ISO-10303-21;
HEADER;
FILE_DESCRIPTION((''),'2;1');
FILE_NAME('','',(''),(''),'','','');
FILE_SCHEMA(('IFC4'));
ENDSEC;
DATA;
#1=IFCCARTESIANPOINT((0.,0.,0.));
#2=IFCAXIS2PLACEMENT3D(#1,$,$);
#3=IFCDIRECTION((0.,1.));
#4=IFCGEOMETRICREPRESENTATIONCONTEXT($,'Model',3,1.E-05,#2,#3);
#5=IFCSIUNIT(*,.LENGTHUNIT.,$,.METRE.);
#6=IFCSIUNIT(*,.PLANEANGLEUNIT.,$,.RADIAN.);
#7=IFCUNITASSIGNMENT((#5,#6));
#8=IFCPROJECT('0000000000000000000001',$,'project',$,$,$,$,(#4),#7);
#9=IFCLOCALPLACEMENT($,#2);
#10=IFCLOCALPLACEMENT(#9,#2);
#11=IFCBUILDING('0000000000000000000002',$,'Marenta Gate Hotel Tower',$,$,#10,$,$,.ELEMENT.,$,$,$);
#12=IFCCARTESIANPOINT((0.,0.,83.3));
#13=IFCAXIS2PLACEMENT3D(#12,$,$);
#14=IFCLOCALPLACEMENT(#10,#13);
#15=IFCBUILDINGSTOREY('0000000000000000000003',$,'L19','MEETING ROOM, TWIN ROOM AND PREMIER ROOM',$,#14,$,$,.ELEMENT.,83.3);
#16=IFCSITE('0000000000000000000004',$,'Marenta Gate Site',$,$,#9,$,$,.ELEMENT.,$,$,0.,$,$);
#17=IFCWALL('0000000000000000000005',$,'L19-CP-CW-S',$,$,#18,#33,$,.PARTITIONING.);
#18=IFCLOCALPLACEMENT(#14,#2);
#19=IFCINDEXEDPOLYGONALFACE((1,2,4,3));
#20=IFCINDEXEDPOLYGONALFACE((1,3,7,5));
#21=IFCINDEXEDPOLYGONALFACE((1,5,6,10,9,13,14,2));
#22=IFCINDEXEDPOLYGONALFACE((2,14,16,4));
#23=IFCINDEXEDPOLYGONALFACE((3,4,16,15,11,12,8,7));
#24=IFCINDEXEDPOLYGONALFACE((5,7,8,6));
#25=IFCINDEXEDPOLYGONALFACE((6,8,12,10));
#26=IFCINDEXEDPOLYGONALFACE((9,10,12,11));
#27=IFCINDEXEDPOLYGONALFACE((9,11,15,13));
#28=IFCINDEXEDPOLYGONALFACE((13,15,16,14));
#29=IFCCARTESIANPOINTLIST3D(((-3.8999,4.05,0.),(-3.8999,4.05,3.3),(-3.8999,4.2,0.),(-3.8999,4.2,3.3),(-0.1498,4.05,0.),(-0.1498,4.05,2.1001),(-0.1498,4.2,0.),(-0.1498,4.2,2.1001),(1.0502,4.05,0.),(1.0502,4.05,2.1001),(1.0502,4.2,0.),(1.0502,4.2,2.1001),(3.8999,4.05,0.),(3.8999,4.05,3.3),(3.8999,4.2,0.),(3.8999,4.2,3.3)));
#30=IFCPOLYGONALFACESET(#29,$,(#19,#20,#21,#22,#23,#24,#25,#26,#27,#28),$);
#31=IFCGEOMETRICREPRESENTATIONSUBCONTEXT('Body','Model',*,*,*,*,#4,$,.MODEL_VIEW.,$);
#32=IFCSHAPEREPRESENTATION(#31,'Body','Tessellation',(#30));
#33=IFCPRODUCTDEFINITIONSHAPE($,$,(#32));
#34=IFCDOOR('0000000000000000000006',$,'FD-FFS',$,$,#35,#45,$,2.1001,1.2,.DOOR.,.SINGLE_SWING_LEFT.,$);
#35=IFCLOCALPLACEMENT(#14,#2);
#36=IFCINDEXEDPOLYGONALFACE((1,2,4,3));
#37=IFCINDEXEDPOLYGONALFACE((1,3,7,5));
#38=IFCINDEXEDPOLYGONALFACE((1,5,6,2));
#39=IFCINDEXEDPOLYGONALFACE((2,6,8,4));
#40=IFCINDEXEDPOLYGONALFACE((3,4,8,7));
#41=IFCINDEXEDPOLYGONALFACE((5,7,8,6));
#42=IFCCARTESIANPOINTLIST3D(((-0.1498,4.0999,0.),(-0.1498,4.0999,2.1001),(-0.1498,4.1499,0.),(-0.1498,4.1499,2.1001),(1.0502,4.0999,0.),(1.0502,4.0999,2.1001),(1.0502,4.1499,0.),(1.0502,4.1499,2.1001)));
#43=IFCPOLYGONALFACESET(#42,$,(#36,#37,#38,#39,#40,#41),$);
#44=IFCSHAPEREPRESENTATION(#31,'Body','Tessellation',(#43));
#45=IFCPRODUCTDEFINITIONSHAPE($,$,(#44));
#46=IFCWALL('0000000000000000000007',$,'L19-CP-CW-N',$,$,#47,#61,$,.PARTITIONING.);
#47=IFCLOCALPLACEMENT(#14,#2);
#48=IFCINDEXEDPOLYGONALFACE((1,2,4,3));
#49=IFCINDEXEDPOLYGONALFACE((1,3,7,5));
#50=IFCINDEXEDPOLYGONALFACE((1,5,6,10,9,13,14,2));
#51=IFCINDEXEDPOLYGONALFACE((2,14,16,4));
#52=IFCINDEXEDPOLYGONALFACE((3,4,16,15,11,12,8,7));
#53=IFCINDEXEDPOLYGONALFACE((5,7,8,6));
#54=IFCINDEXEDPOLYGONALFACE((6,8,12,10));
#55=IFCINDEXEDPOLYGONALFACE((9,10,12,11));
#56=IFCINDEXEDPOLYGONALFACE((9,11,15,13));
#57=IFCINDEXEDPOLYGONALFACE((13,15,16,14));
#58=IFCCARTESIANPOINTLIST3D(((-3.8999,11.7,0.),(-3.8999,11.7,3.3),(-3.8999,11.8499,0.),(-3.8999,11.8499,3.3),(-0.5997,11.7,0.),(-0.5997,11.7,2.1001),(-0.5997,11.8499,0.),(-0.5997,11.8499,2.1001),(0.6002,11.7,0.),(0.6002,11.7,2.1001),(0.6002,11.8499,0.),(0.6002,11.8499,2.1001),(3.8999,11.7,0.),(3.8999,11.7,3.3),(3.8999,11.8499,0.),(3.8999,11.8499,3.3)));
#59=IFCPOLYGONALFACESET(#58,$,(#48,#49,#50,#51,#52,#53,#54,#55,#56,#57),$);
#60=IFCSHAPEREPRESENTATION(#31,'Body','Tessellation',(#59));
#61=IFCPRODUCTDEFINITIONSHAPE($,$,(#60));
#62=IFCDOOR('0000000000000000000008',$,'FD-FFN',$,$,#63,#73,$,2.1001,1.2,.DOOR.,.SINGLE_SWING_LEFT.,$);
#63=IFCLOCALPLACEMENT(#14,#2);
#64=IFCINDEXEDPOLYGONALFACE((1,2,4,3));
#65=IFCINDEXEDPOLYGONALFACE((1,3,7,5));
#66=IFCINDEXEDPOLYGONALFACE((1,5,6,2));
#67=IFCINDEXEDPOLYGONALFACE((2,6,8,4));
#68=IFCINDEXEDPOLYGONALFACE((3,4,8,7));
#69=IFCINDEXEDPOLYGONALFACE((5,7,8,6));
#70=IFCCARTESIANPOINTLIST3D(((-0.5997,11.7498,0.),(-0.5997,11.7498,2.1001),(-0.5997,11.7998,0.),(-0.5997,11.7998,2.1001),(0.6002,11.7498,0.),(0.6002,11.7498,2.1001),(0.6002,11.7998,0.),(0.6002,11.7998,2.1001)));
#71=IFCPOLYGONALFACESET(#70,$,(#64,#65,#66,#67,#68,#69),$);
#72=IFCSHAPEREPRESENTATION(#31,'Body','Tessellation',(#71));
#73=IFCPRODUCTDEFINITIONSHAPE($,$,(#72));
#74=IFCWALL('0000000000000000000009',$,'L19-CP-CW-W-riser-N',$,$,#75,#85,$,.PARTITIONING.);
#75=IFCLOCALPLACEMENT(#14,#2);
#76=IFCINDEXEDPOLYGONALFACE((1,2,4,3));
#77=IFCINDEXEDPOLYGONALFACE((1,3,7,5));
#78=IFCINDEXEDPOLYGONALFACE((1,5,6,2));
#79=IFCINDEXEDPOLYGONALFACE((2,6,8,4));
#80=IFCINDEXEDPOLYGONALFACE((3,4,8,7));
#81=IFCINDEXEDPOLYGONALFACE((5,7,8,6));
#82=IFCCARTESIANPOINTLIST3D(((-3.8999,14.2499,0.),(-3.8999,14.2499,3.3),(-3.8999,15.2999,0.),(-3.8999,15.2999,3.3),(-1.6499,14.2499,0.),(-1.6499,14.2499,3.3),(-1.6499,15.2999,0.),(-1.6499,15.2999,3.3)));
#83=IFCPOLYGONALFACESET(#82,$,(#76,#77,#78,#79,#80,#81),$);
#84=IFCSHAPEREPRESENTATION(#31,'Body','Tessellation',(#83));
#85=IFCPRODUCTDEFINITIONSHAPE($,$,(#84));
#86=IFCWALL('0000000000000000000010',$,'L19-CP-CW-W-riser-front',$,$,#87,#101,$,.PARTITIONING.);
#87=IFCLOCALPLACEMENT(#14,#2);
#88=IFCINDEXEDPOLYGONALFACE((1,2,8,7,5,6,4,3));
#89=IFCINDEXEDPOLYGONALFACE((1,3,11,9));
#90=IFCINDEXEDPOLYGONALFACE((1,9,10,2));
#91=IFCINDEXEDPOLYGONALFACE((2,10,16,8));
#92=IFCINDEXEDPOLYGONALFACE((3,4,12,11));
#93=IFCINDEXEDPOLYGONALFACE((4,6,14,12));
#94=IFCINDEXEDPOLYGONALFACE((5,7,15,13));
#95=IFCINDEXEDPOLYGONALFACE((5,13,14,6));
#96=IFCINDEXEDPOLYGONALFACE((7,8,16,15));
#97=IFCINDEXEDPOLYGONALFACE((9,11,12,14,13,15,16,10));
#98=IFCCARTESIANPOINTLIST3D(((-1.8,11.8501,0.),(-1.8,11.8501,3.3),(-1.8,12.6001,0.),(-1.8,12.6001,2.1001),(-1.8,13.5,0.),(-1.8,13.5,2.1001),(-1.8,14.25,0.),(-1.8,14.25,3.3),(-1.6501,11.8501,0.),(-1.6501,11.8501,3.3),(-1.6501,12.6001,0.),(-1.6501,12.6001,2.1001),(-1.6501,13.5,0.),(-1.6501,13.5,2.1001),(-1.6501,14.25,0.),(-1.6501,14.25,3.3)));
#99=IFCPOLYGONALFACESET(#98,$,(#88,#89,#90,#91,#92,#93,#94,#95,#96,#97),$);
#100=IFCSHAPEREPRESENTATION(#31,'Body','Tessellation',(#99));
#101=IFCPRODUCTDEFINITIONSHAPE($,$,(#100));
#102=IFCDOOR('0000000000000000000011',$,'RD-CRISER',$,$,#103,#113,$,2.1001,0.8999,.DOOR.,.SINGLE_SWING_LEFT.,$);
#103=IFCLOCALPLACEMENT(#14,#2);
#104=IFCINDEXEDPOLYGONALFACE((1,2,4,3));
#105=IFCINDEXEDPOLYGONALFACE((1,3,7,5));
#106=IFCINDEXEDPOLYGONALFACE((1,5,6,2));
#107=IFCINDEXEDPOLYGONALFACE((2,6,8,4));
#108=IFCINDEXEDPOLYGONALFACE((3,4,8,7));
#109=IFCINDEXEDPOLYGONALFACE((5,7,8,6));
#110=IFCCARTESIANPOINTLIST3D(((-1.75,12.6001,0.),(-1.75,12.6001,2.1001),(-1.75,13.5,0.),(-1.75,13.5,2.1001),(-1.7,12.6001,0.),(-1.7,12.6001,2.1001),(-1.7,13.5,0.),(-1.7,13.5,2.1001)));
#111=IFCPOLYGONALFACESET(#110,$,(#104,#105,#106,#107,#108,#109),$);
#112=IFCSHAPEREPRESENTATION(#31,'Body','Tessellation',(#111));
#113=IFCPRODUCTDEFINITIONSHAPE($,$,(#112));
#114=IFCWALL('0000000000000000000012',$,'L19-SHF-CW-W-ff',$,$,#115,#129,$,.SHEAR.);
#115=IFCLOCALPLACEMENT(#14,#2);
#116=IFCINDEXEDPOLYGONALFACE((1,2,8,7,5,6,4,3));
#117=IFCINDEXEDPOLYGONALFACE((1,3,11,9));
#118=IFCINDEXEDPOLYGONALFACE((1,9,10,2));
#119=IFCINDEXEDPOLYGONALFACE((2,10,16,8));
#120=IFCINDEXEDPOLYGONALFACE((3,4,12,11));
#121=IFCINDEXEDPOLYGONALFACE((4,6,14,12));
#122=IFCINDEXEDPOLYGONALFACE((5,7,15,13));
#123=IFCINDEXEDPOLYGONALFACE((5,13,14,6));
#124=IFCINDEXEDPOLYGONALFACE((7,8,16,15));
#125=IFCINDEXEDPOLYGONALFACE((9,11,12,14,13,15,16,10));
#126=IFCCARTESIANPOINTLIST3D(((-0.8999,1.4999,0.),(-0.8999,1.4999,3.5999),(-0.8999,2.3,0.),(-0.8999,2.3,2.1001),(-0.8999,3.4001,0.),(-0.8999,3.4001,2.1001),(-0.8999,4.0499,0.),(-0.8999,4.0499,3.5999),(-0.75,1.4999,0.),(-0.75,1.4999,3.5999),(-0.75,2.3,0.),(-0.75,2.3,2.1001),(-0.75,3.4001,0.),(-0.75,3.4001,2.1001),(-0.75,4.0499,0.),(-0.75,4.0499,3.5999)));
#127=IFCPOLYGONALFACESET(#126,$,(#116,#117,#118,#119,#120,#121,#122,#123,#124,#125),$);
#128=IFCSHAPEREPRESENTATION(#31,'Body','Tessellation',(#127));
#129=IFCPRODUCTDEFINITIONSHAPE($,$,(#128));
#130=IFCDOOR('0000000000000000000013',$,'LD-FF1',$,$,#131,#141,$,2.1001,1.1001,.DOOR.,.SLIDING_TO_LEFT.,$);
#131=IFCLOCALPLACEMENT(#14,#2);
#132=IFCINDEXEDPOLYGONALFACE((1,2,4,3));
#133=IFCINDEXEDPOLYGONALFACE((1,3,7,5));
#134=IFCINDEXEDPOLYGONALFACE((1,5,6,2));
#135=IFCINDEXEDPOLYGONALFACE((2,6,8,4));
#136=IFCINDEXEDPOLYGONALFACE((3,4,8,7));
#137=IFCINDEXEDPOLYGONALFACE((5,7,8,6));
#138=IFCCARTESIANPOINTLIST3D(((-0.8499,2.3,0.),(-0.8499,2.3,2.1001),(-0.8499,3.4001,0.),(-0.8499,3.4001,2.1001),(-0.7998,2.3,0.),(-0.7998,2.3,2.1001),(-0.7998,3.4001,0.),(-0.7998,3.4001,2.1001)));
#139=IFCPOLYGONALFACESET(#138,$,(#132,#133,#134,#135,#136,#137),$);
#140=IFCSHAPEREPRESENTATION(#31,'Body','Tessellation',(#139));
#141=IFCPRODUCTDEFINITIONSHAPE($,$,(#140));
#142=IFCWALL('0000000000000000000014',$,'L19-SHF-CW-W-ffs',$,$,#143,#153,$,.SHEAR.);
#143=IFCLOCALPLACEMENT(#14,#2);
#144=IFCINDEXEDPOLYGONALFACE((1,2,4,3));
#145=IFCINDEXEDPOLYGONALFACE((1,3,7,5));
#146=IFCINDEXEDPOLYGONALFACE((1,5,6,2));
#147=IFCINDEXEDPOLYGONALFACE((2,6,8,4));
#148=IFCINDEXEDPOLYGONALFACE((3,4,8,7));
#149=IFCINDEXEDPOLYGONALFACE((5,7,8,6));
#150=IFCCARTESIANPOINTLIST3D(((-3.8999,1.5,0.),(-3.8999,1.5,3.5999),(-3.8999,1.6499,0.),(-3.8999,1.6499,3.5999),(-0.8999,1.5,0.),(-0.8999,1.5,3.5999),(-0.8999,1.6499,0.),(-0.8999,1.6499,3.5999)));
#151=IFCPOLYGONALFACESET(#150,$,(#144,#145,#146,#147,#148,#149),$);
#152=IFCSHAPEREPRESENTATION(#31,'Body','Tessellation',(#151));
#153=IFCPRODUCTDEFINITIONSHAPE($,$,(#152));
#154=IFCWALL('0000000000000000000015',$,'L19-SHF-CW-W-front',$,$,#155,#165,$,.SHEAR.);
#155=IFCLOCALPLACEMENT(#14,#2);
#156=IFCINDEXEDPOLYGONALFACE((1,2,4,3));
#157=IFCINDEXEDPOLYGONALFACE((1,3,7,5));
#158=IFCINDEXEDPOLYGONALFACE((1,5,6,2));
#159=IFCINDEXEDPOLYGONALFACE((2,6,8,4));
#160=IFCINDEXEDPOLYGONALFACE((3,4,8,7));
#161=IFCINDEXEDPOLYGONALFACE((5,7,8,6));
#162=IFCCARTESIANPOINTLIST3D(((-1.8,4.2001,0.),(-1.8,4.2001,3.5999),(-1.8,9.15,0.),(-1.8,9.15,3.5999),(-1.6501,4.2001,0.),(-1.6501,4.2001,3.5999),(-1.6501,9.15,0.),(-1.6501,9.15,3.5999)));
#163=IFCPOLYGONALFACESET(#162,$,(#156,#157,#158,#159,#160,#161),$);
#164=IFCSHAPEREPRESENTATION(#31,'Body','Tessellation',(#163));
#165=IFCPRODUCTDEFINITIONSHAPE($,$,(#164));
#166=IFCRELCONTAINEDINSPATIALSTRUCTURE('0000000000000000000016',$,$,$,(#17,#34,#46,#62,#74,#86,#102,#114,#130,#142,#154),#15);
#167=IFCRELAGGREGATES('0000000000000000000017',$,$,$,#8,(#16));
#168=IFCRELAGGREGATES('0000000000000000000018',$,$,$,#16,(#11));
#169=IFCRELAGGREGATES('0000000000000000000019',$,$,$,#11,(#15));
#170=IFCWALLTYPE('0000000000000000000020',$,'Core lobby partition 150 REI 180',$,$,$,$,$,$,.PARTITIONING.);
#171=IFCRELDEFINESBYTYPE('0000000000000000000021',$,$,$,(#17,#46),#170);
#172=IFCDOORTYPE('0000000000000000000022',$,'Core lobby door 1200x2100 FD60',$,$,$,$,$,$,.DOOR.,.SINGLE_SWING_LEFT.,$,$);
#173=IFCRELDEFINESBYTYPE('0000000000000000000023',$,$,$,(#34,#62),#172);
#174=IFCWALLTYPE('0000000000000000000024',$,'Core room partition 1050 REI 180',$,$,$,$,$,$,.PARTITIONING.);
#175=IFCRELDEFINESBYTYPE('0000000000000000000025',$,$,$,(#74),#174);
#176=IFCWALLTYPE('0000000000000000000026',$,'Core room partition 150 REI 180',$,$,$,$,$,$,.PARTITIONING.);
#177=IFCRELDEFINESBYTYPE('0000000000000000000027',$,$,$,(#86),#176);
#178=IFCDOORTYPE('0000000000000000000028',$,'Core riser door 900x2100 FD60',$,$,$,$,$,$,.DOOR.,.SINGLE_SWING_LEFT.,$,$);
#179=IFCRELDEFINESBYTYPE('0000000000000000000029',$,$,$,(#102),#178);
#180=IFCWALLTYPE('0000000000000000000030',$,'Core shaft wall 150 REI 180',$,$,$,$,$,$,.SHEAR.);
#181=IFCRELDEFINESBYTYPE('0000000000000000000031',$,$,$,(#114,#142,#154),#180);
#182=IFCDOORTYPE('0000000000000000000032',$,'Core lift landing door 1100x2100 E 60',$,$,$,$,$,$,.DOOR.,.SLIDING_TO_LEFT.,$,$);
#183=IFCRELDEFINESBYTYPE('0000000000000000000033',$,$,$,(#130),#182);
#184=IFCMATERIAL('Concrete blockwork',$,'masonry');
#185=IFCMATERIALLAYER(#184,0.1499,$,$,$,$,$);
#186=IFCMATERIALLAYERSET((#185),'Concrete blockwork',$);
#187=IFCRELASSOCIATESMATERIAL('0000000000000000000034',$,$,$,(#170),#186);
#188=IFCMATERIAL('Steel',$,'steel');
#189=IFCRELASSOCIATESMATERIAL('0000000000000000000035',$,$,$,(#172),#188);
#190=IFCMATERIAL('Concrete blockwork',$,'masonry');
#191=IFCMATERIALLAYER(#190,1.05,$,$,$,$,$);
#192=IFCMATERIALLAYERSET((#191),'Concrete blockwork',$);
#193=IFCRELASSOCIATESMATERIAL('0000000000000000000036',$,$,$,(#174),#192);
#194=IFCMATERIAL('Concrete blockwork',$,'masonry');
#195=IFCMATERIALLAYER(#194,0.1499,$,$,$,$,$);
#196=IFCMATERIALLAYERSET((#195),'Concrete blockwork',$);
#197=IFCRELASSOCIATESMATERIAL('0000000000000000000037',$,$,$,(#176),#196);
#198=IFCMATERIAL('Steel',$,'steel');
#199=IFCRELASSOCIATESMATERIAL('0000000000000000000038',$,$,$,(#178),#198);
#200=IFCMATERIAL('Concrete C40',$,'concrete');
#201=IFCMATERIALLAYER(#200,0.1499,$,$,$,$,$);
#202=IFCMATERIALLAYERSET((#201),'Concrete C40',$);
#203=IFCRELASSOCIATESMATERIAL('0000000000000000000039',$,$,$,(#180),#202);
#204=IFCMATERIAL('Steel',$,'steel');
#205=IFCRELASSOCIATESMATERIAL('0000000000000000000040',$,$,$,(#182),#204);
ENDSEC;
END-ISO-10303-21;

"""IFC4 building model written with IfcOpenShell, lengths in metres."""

from ifc_helpers import new_model, si_unit, direction, frame, frame_2d, origin, place, context, subcontext, project, spatial, rectangle, extrude, material, layer, layer_set, type_object, element, fill, save


model = new_model("IFC4")

# Units and contexts
model_context = context("Model", 3, precision=1e-05, world=origin(), true_north=direction((0.0, 1.0)))
body_context = subcontext(model_context, "Body", "Model", "MODEL_VIEW")
ifc_project = project(units=[si_unit("LENGTHUNIT", "METRE"), si_unit("PLANEANGLEUNIT", "RADIAN")], contexts=[model_context])

# Site, building, storey
site_placement = place(None, origin())
site = spatial("IfcSite", under=ifc_project, at=site_placement, Name="Marenta Gate Site", CompositionType="ELEMENT", RefElevation=0.0)
building_placement = place(site_placement, origin())
building = spatial("IfcBuilding", under=site, at=building_placement, Name="Marenta Gate Hotel Tower", CompositionType="ELEMENT")
storey_placement = place(building_placement, frame((0.0, 0.0, 83.3)))
storey = spatial("IfcBuildingStorey", under=building, at=storey_placement, Name="L19", Description="MEETING ROOM, TWIN ROOM AND PREMIER ROOM", CompositionType="ELEMENT", Elevation=83.3)

# Walls, openings, doors
ifc_material_1 = material(Name="Concrete blockwork", Category="masonry")
ifc_layer_1 = layer(ifc_material_1, 0.1499)
ifc_layer_set_1 = layer_set([ifc_layer_1], Name="Concrete blockwork")
wall_type_1 = type_object("IfcWallType", Name="Core lobby partition 150 REI 180", PredefinedType="PARTITIONING", material=ifc_layer_set_1)
wall_1_placement = place(storey_placement, frame((-3.8999, 4.125, 0.0), z_axis=(0.0, 0.0, 1.0), x_axis=(1.0, 0.0, 0.0)))
wall_1 = element("IfcWall", 1, at=wall_1_placement, inside=storey, type_object=wall_type_1, Name="L19-CP-CW-S", PredefinedType="PARTITIONING", context=body_context, shape_type="SweptSolid", body=[
    extrude(rectangle(XDim=7.7998, YDim=0.1499, at=frame_2d((3.8999, 0.0))), origin(), (0.0, 0.0, 1.0), 3.3),
])
opening_1_placement = place(wall_1_placement, frame((3.75, 0.0, 0.0)))
opening_1 = element("IfcOpeningElement", 2, at=opening_1_placement, cuts=wall_1, PredefinedType="OPENING", context=body_context, shape_type="SweptSolid", body=[
    extrude(rectangle(XDim=1.2, YDim=2.1001, at=frame_2d((0.6001, 1.05))), frame((0.0, 0.075, 0.0), z_axis=(0.0, -1.0, 0.0), x_axis=(1.0, 0.0, 0.0)), (0.0, 0.0, 1.0), 0.1499),
])
ifc_material_2 = material(Name="Steel", Category="steel")
door_type_1 = type_object("IfcDoorType", Name="Core lobby door 1200x2100 FD60", OperationType="SINGLE_SWING_LEFT", PredefinedType="DOOR", material=ifc_material_2)
door_1_placement = place(opening_1_placement, origin())
door_1 = element("IfcDoor", 3, at=door_1_placement, inside=storey, type_object=door_type_1, Name="FD-FFS", OperationType="SINGLE_SWING_LEFT", OverallHeight=2.1001, OverallWidth=1.2, PredefinedType="DOOR", context=body_context, shape_type="SweptSolid", body=[
    extrude(rectangle(XDim=1.2, YDim=2.1001, at=frame_2d((0.6001, 1.05))), frame((0.0, 0.0249, 0.0), z_axis=(0.0, -1.0, 0.0), x_axis=(1.0, 0.0, 0.0)), (0.0, 0.0, 1.0), 0.05),
])
fill(opening_1, door_1)
wall_2_placement = place(storey_placement, frame((-3.8999, 11.7749, 0.0), z_axis=(0.0, 0.0, 1.0), x_axis=(1.0, 0.0, 0.0)))
wall_2 = element("IfcWall", 4, at=wall_2_placement, inside=storey, type_object=wall_type_1, Name="L19-CP-CW-N", PredefinedType="PARTITIONING", context=body_context, shape_type="SweptSolid", body=[
    extrude(rectangle(XDim=7.7998, YDim=0.1499, at=frame_2d((3.8999, 0.0))), origin(), (0.0, 0.0, 1.0), 3.3),
])
opening_2_placement = place(wall_2_placement, frame((3.3, 0.0, 0.0)))
opening_2 = element("IfcOpeningElement", 5, at=opening_2_placement, cuts=wall_2, PredefinedType="OPENING", context=body_context, shape_type="SweptSolid", body=[
    extrude(rectangle(XDim=1.2, YDim=2.1001, at=frame_2d((0.6001, 1.05))), frame((0.0, 0.075, 0.0), z_axis=(0.0, -1.0, 0.0), x_axis=(1.0, 0.0, 0.0)), (0.0, 0.0, 1.0), 0.1499),
])
door_2_placement = place(opening_2_placement, origin())
door_2 = element("IfcDoor", 6, at=door_2_placement, inside=storey, type_object=door_type_1, Name="FD-FFN", OperationType="SINGLE_SWING_LEFT", OverallHeight=2.1001, OverallWidth=1.2, PredefinedType="DOOR", context=body_context, shape_type="SweptSolid", body=[
    extrude(rectangle(XDim=1.2, YDim=2.1001, at=frame_2d((0.6001, 1.05))), frame((0.0, 0.0249, 0.0), z_axis=(0.0, -1.0, 0.0), x_axis=(1.0, 0.0, 0.0)), (0.0, 0.0, 1.0), 0.05),
])
fill(opening_2, door_2)

# Wall
ifc_material_3 = material(Name="Concrete blockwork", Category="masonry")
ifc_layer_2 = layer(ifc_material_3, 1.05)
ifc_layer_set_2 = layer_set([ifc_layer_2], Name="Concrete blockwork")
wall_type_2 = type_object("IfcWallType", Name="Core room partition 1050 REI 180", PredefinedType="PARTITIONING", material=ifc_layer_set_2)
wall_3_placement = place(storey_placement, frame((-3.8999, 14.7749, 0.0), z_axis=(0.0, 0.0, 1.0), x_axis=(1.0, 0.0, 0.0)))
element("IfcWall", 7, at=wall_3_placement, inside=storey, type_object=wall_type_2, Name="L19-CP-CW-W-riser-N", PredefinedType="PARTITIONING", context=body_context, shape_type="SweptSolid", body=[
    extrude(rectangle(XDim=2.25, YDim=1.05, at=frame_2d((1.125, 0.0))), origin(), (0.0, 0.0, 1.0), 3.3),
])

# Walls, openings, doors
ifc_material_4 = material(Name="Concrete blockwork", Category="masonry")
ifc_layer_3 = layer(ifc_material_4, 0.1499)
ifc_layer_set_3 = layer_set([ifc_layer_3], Name="Concrete blockwork")
wall_type_3 = type_object("IfcWallType", Name="Core room partition 150 REI 180", PredefinedType="PARTITIONING", material=ifc_layer_set_3)
wall_4_placement = place(storey_placement, frame((-1.7251, 11.8501, 0.0), z_axis=(0.0, 0.0, 1.0), x_axis=(0.0, 1.0, 0.0)))
wall_4 = element("IfcWall", 8, at=wall_4_placement, inside=storey, type_object=wall_type_3, Name="L19-CP-CW-W-riser-front", PredefinedType="PARTITIONING", context=body_context, shape_type="SweptSolid", body=[
    extrude(rectangle(XDim=2.3999, YDim=0.1499, at=frame_2d((1.2, 0.0))), origin(), (0.0, 0.0, 1.0), 3.3),
])
opening_3_placement = place(wall_4_placement, frame((0.75, 0.0, 0.0)))
opening_3 = element("IfcOpeningElement", 9, at=opening_3_placement, cuts=wall_4, PredefinedType="OPENING", context=body_context, shape_type="SweptSolid", body=[
    extrude(rectangle(XDim=0.8999, YDim=2.1001, at=frame_2d((0.45, 1.05))), frame((0.0, 0.075, 0.0), z_axis=(0.0, -1.0, 0.0), x_axis=(1.0, 0.0, 0.0)), (0.0, 0.0, 1.0), 0.1499),
])
ifc_material_5 = material(Name="Steel", Category="steel")
door_type_2 = type_object("IfcDoorType", Name="Core riser door 900x2100 FD60", OperationType="SINGLE_SWING_LEFT", PredefinedType="DOOR", material=ifc_material_5)
door_3_placement = place(opening_3_placement, origin())
door_3 = element("IfcDoor", 10, at=door_3_placement, inside=storey, type_object=door_type_2, Name="RD-CRISER", OperationType="SINGLE_SWING_LEFT", OverallHeight=2.1001, OverallWidth=0.8999, PredefinedType="DOOR", context=body_context, shape_type="SweptSolid", body=[
    extrude(rectangle(XDim=0.8999, YDim=2.1001, at=frame_2d((0.45, 1.05))), frame((0.0, 0.0249, 0.0), z_axis=(0.0, -1.0, 0.0), x_axis=(1.0, 0.0, 0.0)), (0.0, 0.0, 1.0), 0.05),
])
fill(opening_3, door_3)
ifc_material_6 = material(Name="Concrete C40", Category="concrete")
ifc_layer_4 = layer(ifc_material_6, 0.1499)
ifc_layer_set_4 = layer_set([ifc_layer_4], Name="Concrete C40")
wall_type_4 = type_object("IfcWallType", Name="Core shaft wall 150 REI 180", PredefinedType="SHEAR", material=ifc_layer_set_4)
wall_5_placement = place(storey_placement, frame((-0.825, 1.5, 0.0), z_axis=(0.0, 0.0, 1.0), x_axis=(0.0, 1.0, 0.0)))
wall_5 = element("IfcWall", 11, at=wall_5_placement, inside=storey, type_object=wall_type_4, Name="L19-SHF-CW-W-ff", PredefinedType="SHEAR", context=body_context, shape_type="SweptSolid", body=[
    extrude(rectangle(XDim=2.55, YDim=0.1499, at=frame_2d((1.2749, 0.0))), origin(), (0.0, 0.0, 1.0), 3.5999),
])
opening_4_placement = place(wall_5_placement, frame((0.8, 0.0, 0.0)))
opening_4 = element("IfcOpeningElement", 12, at=opening_4_placement, cuts=wall_5, PredefinedType="OPENING", context=body_context, shape_type="SweptSolid", body=[
    extrude(rectangle(XDim=1.1001, YDim=2.1001, at=frame_2d((0.55, 1.05))), frame((0.0, 0.075, 0.0), z_axis=(0.0, -1.0, 0.0), x_axis=(1.0, 0.0, 0.0)), (0.0, 0.0, 1.0), 0.1499),
])
ifc_material_7 = material(Name="Steel", Category="steel")
door_type_3 = type_object("IfcDoorType", Name="Core lift landing door 1100x2100 E 60", OperationType="SLIDING_TO_LEFT", PredefinedType="DOOR", material=ifc_material_7)
door_4_placement = place(opening_4_placement, origin())
door_4 = element("IfcDoor", 13, at=door_4_placement, inside=storey, type_object=door_type_3, Name="LD-FF1", OperationType="SLIDING_TO_LEFT", OverallHeight=2.1001, OverallWidth=1.1001, PredefinedType="DOOR", context=body_context, shape_type="SweptSolid", body=[
    extrude(rectangle(XDim=1.1001, YDim=2.1001, at=frame_2d((0.55, 1.05))), frame((0.0, 0.0249, 0.0), z_axis=(0.0, -1.0, 0.0), x_axis=(1.0, 0.0, 0.0)), (0.0, 0.0, 1.0), 0.05),
])
fill(opening_4, door_4)

# Walls
wall_6_placement = place(storey_placement, frame((-3.8999, 1.575, 0.0), z_axis=(0.0, 0.0, 1.0), x_axis=(1.0, 0.0, 0.0)))
element("IfcWall", 14, at=wall_6_placement, inside=storey, type_object=wall_type_4, Name="L19-SHF-CW-W-ffs", PredefinedType="SHEAR", context=body_context, shape_type="SweptSolid", body=[
    extrude(rectangle(XDim=3.0, YDim=0.1499, at=frame_2d((1.5, 0.0))), origin(), (0.0, 0.0, 1.0), 3.5999),
])
wall_7_placement = place(storey_placement, frame((-1.7251, 4.2, 0.0), z_axis=(0.0, 0.0, 1.0), x_axis=(0.0, 1.0, 0.0)))
element("IfcWall", 15, at=wall_7_placement, inside=storey, type_object=wall_type_4, Name="L19-SHF-CW-W-front", PredefinedType="SHEAR", context=body_context, shape_type="SweptSolid", body=[
    extrude(rectangle(XDim=4.95, YDim=0.1499, at=frame_2d((2.4751, 0.0))), origin(), (0.0, 0.0, 1.0), 3.5999),
])

save(model, "model.ifc")
